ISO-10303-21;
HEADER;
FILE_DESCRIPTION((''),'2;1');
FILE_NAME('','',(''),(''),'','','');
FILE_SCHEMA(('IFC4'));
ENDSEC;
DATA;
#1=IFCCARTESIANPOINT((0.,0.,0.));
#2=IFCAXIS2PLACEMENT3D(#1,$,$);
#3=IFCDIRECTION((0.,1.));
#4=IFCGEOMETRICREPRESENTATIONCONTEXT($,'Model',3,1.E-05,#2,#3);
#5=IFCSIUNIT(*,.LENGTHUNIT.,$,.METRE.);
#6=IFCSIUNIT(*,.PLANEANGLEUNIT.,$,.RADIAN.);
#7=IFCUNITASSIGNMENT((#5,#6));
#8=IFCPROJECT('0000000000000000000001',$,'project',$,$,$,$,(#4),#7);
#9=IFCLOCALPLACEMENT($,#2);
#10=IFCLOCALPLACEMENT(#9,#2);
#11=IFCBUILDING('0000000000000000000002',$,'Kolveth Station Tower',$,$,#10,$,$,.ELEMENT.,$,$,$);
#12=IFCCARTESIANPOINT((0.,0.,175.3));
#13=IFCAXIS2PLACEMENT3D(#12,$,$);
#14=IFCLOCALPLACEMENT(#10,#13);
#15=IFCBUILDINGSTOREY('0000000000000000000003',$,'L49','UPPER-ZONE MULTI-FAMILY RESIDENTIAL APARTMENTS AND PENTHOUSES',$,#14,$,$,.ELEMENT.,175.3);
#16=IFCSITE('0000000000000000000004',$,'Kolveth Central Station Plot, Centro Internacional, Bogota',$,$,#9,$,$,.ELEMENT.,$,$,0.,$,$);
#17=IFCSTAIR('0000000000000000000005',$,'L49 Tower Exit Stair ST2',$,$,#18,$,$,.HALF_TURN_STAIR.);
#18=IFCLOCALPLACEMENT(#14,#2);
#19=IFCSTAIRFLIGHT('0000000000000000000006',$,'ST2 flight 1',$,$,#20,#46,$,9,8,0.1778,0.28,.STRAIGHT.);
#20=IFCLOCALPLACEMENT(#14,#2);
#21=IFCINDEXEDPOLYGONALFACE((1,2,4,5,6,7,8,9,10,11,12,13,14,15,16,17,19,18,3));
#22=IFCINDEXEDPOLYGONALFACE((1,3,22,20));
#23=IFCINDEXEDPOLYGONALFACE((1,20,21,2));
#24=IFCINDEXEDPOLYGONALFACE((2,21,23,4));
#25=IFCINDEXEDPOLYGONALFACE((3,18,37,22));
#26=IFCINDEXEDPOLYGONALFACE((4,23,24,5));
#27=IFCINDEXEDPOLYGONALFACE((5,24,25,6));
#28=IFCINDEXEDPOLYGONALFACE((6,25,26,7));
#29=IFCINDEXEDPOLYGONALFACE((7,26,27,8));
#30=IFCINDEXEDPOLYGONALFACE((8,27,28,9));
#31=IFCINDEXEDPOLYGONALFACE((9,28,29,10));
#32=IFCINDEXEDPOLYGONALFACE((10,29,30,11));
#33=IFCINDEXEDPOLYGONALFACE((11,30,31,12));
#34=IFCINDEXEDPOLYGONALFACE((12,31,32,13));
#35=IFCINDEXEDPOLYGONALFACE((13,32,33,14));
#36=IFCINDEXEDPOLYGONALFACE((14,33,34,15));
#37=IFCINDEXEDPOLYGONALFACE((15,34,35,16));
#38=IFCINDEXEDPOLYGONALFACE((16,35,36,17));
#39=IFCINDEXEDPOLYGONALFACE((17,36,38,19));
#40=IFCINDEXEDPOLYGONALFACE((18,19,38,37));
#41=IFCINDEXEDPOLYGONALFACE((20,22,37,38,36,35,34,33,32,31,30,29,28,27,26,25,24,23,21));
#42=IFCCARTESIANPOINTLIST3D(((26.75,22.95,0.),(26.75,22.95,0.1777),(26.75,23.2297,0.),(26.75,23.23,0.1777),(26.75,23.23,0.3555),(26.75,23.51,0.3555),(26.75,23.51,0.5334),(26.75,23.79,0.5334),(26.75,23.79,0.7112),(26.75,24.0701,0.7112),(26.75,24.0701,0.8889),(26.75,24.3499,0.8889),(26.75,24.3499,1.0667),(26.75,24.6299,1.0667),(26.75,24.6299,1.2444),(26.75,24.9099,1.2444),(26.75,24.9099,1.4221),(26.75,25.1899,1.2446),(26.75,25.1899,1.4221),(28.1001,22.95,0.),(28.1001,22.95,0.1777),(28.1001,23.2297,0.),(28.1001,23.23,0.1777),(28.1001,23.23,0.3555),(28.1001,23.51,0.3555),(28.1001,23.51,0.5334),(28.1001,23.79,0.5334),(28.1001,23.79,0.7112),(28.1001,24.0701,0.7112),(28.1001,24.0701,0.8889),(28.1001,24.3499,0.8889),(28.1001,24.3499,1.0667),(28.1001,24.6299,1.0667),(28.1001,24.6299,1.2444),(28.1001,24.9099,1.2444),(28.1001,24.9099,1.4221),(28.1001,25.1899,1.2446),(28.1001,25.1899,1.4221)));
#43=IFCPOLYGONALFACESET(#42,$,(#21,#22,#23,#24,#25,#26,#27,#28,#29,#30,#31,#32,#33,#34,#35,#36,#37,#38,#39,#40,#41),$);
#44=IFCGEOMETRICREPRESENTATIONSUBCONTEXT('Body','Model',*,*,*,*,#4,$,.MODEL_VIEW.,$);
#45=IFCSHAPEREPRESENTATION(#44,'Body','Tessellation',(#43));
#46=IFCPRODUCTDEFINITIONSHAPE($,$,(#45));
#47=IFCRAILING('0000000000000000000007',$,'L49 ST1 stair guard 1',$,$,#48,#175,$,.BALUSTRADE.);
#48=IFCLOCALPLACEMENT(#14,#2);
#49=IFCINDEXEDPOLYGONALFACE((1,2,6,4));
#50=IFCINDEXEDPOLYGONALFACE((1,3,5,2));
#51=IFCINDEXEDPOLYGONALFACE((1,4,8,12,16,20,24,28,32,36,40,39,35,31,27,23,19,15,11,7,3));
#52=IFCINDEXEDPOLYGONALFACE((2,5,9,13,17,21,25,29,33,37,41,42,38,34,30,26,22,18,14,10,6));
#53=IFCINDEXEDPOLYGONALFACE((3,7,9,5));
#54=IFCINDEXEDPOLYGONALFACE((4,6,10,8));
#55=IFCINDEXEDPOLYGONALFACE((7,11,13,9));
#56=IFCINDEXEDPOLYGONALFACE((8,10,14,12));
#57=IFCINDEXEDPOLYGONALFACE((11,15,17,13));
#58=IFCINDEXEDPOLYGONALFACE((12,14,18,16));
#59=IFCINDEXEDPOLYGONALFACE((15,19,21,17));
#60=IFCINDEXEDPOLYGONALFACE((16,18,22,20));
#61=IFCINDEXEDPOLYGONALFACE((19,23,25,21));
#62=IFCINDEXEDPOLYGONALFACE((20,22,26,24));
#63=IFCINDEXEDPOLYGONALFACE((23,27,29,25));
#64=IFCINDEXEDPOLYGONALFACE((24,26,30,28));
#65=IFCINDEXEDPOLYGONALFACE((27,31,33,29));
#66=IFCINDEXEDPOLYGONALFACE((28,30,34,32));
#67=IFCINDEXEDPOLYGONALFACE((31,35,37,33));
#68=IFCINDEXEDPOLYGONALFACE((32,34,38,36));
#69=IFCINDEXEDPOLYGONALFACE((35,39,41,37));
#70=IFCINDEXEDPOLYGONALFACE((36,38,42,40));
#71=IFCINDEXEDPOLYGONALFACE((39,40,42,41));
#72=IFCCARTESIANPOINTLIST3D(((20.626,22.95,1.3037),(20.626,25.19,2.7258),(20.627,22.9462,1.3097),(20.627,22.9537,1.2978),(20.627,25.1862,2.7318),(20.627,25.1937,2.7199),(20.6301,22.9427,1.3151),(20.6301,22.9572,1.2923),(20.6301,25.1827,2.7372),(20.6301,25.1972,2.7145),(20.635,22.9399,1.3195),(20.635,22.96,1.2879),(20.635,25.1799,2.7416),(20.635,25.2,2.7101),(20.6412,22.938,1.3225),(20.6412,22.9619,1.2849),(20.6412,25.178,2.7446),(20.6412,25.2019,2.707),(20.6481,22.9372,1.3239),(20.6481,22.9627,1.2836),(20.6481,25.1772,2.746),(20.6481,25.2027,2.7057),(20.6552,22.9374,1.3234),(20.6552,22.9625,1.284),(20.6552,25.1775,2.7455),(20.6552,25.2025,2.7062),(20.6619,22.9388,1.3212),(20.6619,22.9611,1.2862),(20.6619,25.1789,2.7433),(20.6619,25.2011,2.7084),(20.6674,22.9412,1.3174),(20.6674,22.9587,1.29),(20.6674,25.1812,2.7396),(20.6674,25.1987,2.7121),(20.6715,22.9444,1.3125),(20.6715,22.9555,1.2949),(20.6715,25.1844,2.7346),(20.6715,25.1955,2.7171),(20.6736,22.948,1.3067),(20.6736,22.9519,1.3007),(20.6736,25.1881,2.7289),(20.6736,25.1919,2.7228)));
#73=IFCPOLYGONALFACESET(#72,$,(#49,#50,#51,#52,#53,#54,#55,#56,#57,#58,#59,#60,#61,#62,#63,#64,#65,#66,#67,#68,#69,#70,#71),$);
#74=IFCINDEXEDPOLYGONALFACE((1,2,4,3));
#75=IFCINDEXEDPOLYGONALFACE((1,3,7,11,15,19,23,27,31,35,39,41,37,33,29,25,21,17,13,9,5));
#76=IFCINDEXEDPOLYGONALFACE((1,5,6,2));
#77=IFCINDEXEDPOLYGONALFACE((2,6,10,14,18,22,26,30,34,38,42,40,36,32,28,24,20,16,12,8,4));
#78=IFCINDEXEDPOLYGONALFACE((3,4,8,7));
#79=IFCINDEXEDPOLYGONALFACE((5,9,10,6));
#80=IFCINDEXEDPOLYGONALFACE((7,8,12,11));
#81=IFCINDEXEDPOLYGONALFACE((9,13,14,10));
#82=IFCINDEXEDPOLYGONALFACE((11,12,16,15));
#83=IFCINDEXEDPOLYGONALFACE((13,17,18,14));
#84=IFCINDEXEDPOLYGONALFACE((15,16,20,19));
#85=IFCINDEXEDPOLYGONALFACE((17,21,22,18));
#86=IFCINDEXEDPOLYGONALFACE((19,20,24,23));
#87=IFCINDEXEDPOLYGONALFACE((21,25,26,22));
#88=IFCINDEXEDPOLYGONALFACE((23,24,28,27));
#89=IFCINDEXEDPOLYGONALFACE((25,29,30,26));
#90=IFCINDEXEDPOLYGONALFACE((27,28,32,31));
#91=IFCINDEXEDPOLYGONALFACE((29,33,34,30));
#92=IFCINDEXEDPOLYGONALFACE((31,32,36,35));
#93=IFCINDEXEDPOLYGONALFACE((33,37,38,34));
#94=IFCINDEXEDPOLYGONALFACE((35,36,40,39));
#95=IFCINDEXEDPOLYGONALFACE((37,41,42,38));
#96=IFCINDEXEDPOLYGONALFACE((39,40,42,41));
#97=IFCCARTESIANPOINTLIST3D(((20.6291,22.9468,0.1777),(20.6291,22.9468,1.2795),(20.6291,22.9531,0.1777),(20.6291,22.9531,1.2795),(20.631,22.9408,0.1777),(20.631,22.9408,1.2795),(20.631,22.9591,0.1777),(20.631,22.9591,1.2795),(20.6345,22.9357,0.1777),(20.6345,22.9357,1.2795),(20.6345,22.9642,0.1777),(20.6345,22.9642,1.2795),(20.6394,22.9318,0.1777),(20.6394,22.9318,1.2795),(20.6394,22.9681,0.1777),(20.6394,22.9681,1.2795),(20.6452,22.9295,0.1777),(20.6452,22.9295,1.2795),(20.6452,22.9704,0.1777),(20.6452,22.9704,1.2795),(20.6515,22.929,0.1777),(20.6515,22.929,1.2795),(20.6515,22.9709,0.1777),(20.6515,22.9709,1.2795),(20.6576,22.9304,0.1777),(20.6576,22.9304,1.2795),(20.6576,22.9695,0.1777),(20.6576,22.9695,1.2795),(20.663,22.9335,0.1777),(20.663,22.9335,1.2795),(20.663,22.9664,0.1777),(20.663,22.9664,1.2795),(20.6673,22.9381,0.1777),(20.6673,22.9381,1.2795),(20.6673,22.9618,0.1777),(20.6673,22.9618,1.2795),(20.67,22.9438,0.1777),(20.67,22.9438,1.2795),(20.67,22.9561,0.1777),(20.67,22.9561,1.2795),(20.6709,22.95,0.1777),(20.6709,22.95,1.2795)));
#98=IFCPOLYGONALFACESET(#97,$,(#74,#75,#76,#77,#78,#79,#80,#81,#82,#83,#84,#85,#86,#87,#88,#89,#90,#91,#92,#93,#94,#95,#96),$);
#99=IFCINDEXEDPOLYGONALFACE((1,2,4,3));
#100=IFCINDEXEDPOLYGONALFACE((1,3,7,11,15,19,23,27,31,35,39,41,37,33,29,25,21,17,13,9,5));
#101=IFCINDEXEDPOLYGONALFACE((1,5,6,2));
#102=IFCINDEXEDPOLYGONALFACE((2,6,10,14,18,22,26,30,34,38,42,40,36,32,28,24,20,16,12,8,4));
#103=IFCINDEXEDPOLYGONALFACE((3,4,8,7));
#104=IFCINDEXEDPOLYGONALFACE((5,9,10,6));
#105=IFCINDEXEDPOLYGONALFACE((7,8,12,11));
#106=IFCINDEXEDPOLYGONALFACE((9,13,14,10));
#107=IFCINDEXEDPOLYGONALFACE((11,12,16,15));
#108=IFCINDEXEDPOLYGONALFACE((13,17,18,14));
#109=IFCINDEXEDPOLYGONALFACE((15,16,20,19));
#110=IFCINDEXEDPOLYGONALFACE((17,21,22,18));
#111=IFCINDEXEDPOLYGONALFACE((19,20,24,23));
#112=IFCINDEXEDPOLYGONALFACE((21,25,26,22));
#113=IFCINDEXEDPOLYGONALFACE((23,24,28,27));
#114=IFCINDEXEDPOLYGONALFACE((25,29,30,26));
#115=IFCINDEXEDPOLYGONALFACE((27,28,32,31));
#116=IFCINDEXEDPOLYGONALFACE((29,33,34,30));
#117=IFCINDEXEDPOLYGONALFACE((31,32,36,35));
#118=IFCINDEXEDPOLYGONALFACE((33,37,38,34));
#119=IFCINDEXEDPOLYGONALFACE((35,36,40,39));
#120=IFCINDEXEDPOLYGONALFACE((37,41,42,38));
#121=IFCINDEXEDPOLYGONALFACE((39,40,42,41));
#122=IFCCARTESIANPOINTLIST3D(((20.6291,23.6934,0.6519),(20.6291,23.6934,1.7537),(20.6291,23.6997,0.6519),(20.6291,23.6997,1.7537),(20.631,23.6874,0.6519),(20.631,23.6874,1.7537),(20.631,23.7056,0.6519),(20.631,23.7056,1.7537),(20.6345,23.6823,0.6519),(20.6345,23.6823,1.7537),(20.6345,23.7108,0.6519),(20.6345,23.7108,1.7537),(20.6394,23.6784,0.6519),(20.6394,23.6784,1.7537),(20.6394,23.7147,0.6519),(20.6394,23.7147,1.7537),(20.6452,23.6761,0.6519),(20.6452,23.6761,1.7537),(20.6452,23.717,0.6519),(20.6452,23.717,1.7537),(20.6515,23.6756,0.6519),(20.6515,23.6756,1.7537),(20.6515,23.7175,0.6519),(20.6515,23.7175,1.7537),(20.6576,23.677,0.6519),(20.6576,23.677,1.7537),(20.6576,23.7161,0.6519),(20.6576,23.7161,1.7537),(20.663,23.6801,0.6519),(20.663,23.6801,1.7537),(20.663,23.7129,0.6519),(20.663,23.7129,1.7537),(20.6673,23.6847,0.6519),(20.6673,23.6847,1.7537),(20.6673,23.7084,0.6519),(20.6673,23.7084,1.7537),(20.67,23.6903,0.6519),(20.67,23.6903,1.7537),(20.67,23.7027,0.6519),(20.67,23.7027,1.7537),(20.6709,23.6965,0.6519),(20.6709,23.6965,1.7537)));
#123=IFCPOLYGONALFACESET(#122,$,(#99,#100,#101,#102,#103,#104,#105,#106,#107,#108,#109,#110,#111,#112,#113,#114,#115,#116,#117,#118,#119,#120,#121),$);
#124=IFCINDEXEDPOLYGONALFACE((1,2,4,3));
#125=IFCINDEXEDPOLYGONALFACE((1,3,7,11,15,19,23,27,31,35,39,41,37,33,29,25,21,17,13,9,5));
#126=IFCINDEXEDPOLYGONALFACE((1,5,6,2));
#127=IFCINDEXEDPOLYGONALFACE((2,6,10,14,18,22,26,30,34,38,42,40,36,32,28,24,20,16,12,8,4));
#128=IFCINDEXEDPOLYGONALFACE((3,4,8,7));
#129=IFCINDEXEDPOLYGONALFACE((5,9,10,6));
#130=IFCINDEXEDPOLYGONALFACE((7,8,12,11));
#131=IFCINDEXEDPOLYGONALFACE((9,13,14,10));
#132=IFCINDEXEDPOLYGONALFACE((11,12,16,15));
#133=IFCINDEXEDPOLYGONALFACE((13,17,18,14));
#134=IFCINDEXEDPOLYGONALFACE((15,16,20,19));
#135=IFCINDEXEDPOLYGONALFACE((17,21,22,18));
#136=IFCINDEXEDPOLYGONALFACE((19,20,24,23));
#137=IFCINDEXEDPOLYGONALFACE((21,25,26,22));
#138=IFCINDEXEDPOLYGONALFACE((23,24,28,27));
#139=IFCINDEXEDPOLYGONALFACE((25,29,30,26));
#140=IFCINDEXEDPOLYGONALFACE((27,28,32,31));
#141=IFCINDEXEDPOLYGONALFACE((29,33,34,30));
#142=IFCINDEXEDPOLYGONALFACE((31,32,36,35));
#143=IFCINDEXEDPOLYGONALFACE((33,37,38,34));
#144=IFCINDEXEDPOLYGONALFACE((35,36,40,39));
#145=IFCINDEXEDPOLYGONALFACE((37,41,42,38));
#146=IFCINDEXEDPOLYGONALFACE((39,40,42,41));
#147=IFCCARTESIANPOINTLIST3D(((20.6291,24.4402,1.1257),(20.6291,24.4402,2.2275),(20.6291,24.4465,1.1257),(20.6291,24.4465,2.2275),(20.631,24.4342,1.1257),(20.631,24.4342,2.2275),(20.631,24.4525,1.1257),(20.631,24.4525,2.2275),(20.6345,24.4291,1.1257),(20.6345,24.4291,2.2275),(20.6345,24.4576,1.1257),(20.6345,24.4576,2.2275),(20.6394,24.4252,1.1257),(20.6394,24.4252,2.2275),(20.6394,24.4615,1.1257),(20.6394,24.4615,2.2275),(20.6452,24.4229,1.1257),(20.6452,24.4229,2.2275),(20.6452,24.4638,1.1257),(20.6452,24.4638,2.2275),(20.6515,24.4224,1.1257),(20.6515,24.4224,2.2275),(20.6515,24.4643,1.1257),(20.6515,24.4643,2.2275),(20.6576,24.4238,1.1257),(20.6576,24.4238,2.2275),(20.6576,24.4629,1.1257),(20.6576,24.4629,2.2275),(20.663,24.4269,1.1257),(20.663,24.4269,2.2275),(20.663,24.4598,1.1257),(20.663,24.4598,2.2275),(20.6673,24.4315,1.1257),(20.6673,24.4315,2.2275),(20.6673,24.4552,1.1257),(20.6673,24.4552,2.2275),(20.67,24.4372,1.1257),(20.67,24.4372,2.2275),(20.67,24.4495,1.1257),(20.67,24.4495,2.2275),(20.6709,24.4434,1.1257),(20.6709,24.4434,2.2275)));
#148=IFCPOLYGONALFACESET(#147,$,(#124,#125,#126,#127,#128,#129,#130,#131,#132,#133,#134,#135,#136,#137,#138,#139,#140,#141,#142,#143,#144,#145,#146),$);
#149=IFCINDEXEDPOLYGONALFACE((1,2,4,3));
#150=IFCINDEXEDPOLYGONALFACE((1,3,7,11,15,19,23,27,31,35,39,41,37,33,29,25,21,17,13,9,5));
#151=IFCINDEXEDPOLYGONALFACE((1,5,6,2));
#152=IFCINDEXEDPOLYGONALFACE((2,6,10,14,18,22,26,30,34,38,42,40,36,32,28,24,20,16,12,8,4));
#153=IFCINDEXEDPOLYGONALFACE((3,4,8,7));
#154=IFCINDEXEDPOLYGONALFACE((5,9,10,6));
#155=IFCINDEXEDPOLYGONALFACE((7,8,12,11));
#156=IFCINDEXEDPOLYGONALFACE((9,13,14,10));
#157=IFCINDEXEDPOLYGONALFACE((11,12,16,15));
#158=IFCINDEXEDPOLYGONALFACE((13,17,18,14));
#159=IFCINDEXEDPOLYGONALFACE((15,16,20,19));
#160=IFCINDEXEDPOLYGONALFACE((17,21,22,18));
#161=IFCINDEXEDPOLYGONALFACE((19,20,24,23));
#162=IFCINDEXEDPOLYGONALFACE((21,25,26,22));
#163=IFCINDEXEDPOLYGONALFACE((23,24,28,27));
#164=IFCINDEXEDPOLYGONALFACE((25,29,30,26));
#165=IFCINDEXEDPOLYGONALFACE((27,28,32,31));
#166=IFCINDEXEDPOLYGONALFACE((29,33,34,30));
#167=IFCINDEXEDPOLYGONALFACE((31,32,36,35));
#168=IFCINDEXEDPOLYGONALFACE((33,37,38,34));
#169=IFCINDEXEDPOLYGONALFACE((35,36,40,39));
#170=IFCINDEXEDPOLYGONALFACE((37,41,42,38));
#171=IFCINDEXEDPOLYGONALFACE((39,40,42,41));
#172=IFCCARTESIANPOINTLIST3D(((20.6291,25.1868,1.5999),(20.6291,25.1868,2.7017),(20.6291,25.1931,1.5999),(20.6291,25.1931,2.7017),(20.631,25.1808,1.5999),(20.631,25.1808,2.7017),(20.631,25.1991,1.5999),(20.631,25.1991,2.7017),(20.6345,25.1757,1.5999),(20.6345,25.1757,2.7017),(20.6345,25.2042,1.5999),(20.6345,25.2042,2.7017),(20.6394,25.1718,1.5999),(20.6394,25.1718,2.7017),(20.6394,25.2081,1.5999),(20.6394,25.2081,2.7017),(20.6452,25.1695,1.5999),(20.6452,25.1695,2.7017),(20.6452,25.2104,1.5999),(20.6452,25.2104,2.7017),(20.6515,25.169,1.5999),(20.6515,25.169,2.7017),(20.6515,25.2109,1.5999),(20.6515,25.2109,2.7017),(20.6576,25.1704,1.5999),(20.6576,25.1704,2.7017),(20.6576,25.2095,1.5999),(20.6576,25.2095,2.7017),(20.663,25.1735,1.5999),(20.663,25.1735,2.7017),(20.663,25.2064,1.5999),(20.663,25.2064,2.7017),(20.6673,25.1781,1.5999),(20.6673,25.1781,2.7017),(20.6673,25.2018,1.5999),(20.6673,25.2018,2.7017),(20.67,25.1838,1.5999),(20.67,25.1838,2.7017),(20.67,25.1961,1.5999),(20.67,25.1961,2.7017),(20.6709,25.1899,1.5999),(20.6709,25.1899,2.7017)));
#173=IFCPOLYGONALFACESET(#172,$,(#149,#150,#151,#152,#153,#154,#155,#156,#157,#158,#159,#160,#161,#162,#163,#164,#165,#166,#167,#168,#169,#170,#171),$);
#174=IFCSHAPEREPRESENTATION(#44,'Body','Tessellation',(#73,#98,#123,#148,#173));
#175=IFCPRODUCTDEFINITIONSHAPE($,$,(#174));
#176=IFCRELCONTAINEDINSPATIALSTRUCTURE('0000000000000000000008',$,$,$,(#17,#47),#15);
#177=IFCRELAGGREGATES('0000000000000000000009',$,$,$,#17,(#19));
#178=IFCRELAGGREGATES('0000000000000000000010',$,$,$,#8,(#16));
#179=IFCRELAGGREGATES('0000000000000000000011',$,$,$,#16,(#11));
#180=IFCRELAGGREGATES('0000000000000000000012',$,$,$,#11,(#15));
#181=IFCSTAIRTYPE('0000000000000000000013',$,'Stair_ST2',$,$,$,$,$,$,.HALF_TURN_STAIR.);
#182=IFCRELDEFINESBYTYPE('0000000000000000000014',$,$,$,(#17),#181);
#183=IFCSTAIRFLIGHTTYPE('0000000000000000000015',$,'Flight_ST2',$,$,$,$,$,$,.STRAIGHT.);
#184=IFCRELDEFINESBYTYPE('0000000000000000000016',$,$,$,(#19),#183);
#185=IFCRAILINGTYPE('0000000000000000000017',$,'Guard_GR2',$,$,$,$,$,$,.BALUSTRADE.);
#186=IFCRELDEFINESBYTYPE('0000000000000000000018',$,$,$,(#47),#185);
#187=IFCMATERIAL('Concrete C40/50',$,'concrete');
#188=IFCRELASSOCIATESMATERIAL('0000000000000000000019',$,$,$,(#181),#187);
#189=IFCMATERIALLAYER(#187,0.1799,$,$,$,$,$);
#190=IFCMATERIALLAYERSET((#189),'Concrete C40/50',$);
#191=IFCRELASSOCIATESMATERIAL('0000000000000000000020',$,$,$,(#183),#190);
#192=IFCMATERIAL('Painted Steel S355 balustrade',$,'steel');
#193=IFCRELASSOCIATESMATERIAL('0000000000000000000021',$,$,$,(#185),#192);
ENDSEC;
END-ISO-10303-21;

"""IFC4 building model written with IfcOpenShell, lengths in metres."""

from ifc_helpers import new_model, si_unit, direction, frame, origin, origin_2d, place, context, subcontext, project, spatial, polyline, circle, outline, extrude, material, layer, layer_set, type_object, element, aggregate, save


model = new_model("IFC4")

# Units and contexts
model_context = context("Model", 3, precision=1e-05, world=origin(), true_north=direction((0.0, 1.0)))
body_context = subcontext(model_context, "Body", "Model", "MODEL_VIEW")
ifc_project = project(units=[si_unit("LENGTHUNIT", "METRE"), si_unit("PLANEANGLEUNIT", "RADIAN")], contexts=[model_context])

# Site, building, storey
site_placement = place(None, origin())
site = spatial("IfcSite", under=ifc_project, at=site_placement, Name="Kolveth Central Station Plot, Centro Internacional, Bogota", CompositionType="ELEMENT", RefElevation=0.0)
building_placement = place(site_placement, origin())
building = spatial("IfcBuilding", under=site, at=building_placement, Name="Kolveth Station Tower", CompositionType="ELEMENT")
storey_placement = place(building_placement, frame((0.0, 0.0, 175.3)))
storey = spatial("IfcBuildingStorey", under=building, at=storey_placement, Name="L49", Description="UPPER-ZONE MULTI-FAMILY RESIDENTIAL APARTMENTS AND PENTHOUSES", CompositionType="ELEMENT", Elevation=175.3)

# Shared definitions
ifc_material_1 = material(Name="Concrete C40/50", Category="concrete")

# Stair, stair flight
stair_type_1 = type_object("IfcStairType", Name="Stair_ST2", PredefinedType="HALF_TURN_STAIR", material=ifc_material_1)
stair_1_placement = place(storey_placement, origin())
stair_1 = element("IfcStair", 1, at=stair_1_placement, inside=storey, type_object=stair_type_1, Name="L49 Tower Exit Stair ST2", PredefinedType="HALF_TURN_STAIR")
ifc_layer_1 = layer(ifc_material_1, 0.1799)
ifc_layer_set_1 = layer_set([ifc_layer_1], Name="Concrete C40/50")
stair_flight_type_1 = type_object("IfcStairFlightType", Name="Flight_ST2", PredefinedType="STRAIGHT", material=ifc_layer_set_1)
stair_flight_1_placement = place(storey_placement, frame((27.425, 22.95, 0.0), z_axis=(0.0, 0.0, 1.0), x_axis=(0.0, 1.0, 0.0)))
stair_flight_1 = element("IfcStairFlight", 2, at=stair_flight_1_placement, type_object=stair_flight_type_1, Name="ST2 flight 1", NumberOfRisers=9, NumberOfTreads=8, PredefinedType="STRAIGHT", RiserHeight=0.1778, TreadLength=0.28, context=body_context, shape_type="SweptSolid", body=[
    extrude(outline(polyline([(0.0, 0.0), (0.0, 0.1777), (0.28, 0.1777), (0.28, 0.3555), (0.5601, 0.3555), (0.5601, 0.5334), (0.8401, 0.5334), (0.8401, 0.7112), (1.1201, 0.7112), (1.1201, 0.8889), (1.3999, 0.8889), (1.3999, 1.0667), (1.6799, 1.0667), (1.6799, 1.2444), (1.96, 1.2444), (1.96, 1.4221), (2.24, 1.4221), (2.24, 1.6001), (2.24, 1.2446), (0.2798, 0.0), (0.0, 0.0)])), frame((0.0, 0.675, 0.0), z_axis=(0.0, -1.0, 0.0), x_axis=(1.0, 0.0, 0.0)), (0.0, 0.0, 1.0), 1.3501),
])
aggregate(stair_1, [stair_flight_1])

# Railing
ifc_material_2 = material(Name="Painted Steel S355 balustrade", Category="steel")
railing_type_1 = type_object("IfcRailingType", Name="Guard_GR2", PredefinedType="BALUSTRADE", material=ifc_material_2)
for number, where, name in (
    (3, (20.6499, 22.95, 0.1777), "L49 ST1 stair guard 1"),
):
    element("IfcRailing", number, at=place(storey_placement, frame(where)), inside=storey, type_object=railing_type_1, Name=name, PredefinedType="BALUSTRADE", context=body_context, shape_type="SweptSolid", body=[
        extrude(circle(Radius=0.0239, at=origin_2d()), frame((0.0, 0.0, 1.126), z_axis=(0.0, 0.844229, 0.535982), x_axis=(-1.0, 0.0, 0.0)), (0.0, 0.0, 1.0), 2.6533),
        extrude(circle(Radius=0.021, at=origin_2d()), origin(), (0.0, 0.0, 1.0), 1.1018),
        extrude(circle(Radius=0.021, at=origin_2d()), frame((0.0, 0.7466, 0.4741)), (0.0, 0.0, 1.0), 1.1018),
        extrude(circle(Radius=0.021, at=origin_2d()), frame((0.0, 1.4934, 0.948)), (0.0, 0.0, 1.0), 1.1018),
        extrude(circle(Radius=0.021, at=origin_2d()), frame((0.0, 2.24, 1.4221)), (0.0, 0.0, 1.0), 1.1018),
    ])

save(model, "model.ifc")
